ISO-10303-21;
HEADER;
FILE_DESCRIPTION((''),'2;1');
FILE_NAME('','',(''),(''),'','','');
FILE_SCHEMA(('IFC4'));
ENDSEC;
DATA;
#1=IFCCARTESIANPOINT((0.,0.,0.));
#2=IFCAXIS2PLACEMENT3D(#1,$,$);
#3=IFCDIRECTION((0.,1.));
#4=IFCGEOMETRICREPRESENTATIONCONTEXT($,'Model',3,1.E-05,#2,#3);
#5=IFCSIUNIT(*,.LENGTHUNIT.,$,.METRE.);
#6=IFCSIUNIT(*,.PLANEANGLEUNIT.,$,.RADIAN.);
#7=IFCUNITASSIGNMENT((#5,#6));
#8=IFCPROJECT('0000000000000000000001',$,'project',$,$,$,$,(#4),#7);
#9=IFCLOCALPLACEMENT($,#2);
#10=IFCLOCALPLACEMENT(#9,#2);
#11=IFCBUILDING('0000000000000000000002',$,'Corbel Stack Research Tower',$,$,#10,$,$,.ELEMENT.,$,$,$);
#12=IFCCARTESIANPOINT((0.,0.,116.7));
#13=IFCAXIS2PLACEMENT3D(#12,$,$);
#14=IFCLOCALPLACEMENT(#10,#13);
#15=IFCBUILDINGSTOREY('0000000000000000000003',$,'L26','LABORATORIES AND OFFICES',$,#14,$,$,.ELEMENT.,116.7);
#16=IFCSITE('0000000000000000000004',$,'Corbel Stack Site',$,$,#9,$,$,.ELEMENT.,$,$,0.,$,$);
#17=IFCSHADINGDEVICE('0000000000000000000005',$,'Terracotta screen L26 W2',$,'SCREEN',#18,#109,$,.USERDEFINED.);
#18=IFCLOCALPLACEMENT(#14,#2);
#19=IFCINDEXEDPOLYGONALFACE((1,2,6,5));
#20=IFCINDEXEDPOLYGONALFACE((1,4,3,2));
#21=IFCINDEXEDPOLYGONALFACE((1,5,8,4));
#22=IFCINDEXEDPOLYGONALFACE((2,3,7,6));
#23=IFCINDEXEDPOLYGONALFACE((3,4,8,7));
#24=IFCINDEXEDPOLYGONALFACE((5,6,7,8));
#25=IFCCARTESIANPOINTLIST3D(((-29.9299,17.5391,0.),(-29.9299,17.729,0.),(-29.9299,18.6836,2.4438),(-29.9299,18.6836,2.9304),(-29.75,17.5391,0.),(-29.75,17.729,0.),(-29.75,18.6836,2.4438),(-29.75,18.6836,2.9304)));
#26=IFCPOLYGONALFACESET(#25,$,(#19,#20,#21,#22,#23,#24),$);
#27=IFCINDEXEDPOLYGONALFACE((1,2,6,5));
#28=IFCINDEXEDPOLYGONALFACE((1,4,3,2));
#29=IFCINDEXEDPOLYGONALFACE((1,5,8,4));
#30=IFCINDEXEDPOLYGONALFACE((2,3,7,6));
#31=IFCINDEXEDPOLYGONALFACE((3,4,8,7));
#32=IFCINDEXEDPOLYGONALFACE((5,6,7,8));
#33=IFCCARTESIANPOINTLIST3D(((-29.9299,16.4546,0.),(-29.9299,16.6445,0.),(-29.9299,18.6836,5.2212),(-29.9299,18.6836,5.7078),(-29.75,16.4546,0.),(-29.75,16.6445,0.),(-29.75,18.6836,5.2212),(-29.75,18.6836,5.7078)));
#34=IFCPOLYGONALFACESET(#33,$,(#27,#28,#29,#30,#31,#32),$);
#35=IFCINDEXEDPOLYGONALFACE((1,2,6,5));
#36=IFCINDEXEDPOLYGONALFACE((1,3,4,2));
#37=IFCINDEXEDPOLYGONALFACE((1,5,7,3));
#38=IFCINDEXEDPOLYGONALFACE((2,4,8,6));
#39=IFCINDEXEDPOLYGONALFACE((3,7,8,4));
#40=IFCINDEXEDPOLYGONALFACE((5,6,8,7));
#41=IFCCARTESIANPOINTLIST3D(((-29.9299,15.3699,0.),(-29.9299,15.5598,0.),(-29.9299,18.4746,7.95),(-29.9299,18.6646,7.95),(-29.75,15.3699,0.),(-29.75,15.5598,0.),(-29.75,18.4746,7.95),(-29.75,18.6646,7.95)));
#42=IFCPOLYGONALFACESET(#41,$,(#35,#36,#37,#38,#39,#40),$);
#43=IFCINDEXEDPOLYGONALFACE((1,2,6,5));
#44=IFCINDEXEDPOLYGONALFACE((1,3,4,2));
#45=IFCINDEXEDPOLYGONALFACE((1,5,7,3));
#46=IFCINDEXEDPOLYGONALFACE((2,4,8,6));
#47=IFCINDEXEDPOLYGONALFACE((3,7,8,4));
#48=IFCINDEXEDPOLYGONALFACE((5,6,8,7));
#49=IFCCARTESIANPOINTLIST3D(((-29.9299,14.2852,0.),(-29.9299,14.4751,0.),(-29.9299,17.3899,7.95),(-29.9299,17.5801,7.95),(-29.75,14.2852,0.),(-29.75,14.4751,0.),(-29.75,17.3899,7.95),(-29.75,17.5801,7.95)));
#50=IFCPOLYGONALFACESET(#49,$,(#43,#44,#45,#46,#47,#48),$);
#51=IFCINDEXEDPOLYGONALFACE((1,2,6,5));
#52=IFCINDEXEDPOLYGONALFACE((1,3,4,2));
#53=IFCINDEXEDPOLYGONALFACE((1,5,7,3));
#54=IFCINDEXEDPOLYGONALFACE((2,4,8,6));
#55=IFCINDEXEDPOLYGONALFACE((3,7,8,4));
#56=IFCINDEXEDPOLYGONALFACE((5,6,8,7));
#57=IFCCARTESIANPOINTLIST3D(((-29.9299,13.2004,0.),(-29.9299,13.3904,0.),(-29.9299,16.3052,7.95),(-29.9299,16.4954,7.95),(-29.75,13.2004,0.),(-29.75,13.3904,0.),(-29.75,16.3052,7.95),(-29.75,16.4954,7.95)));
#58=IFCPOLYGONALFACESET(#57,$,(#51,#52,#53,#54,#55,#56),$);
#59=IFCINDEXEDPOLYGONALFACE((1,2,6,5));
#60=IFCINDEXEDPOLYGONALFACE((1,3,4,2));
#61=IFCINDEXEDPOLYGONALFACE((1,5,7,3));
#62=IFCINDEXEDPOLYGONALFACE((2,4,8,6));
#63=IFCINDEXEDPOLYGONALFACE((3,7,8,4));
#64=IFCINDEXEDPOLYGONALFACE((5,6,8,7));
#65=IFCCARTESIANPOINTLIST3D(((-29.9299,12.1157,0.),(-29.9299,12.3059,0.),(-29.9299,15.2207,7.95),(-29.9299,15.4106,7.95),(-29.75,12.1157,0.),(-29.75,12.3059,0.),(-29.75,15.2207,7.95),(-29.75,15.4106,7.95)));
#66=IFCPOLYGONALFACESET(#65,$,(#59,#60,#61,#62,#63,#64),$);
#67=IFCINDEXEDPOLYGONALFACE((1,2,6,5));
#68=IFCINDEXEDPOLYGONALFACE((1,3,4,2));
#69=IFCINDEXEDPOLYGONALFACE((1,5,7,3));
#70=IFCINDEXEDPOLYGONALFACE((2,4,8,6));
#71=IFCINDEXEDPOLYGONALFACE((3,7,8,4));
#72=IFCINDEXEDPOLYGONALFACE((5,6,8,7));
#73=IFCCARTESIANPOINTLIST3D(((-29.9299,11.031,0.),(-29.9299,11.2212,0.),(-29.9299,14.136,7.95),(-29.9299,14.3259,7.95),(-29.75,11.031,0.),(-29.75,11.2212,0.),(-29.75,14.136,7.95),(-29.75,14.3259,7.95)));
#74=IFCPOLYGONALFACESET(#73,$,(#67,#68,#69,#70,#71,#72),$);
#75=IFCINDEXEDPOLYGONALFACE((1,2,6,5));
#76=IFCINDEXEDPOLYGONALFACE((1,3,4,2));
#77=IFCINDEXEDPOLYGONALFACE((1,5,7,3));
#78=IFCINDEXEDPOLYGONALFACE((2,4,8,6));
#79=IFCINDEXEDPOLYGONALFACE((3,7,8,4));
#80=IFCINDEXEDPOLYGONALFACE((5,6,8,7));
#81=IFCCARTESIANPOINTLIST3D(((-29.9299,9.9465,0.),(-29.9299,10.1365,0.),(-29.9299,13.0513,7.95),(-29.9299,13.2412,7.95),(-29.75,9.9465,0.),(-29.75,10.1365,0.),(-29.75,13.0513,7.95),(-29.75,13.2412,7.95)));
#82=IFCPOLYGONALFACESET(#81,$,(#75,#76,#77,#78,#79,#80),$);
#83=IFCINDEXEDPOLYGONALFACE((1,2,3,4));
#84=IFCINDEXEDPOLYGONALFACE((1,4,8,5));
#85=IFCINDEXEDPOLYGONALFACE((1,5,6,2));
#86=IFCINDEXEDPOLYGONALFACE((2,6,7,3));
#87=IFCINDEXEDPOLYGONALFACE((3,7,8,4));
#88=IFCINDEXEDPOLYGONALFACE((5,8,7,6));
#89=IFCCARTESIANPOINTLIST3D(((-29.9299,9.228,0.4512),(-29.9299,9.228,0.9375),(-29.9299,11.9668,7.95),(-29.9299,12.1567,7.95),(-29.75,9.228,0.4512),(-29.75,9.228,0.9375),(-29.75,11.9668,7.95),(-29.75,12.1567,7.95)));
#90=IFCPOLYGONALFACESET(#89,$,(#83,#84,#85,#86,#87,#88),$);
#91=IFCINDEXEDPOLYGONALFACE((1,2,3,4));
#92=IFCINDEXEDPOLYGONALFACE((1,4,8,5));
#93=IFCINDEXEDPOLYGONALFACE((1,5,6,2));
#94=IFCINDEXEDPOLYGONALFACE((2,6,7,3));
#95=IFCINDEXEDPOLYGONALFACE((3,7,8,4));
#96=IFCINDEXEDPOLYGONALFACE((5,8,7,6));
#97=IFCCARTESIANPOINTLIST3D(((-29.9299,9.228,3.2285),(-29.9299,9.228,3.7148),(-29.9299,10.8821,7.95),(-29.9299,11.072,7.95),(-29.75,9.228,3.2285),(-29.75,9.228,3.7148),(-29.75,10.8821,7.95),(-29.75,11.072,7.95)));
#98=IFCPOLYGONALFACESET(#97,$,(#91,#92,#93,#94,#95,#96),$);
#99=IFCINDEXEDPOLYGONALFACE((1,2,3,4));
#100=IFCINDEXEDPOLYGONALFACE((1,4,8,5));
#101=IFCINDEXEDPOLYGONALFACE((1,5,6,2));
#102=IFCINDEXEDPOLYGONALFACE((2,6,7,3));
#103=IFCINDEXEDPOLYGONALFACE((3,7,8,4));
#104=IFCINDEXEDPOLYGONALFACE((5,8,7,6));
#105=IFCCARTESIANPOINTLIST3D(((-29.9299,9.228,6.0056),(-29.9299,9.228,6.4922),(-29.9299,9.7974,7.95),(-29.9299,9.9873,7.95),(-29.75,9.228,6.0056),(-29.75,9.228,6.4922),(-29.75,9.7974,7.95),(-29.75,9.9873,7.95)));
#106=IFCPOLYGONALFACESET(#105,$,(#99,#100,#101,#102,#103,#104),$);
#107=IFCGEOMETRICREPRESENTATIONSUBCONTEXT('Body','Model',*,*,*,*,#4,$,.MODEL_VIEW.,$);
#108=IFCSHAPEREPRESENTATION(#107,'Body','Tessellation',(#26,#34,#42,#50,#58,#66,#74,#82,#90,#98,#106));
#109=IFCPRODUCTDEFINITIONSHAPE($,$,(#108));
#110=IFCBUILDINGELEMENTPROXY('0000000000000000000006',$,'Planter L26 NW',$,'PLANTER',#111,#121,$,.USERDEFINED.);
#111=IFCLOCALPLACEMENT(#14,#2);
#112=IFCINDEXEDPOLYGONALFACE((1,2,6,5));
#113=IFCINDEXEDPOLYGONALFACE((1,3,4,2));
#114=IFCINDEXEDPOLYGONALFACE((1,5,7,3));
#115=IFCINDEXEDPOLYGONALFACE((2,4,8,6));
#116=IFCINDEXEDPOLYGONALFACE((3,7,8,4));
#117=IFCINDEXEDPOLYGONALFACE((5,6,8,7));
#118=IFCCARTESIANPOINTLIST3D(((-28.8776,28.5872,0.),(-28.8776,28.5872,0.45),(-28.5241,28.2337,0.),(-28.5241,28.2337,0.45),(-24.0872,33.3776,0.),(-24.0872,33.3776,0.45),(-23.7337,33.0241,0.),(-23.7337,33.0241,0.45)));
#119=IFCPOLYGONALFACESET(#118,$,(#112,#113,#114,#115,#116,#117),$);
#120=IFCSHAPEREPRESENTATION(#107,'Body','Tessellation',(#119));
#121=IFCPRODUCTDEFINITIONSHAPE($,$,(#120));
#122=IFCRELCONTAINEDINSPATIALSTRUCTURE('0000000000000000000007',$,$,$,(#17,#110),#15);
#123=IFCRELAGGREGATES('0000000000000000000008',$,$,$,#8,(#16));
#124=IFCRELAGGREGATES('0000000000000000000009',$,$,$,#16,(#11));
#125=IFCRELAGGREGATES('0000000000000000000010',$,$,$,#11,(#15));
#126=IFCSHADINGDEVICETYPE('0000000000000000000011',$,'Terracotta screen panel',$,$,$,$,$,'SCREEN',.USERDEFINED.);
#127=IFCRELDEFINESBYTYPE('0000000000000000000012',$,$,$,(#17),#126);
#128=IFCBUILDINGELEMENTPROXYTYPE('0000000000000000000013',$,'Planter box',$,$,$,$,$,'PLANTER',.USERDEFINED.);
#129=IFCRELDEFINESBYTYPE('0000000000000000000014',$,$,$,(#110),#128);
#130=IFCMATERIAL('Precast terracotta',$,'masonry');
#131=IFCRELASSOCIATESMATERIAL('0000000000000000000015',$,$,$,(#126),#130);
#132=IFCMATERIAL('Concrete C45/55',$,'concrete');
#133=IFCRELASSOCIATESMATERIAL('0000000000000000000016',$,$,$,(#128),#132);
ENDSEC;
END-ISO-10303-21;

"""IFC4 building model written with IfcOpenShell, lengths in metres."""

from ifc_helpers import new_model, si_unit, direction, frame, origin, origin_2d, place, context, subcontext, project, spatial, polyline, rectangle, outline, extrude, source, transform, mapped, material, type_object, element, save


model = new_model("IFC4")

# Units and contexts
model_context = context("Model", 3, precision=1e-05, world=origin(), true_north=direction((0.0, 1.0)))
body_context = subcontext(model_context, "Body", "Model", "MODEL_VIEW")
ifc_project = project(units=[si_unit("LENGTHUNIT", "METRE"), si_unit("PLANEANGLEUNIT", "RADIAN")], contexts=[model_context])

# Site, building, storey
site_placement = place(None, origin())
site = spatial("IfcSite", under=ifc_project, at=site_placement, Name="Corbel Stack Site", CompositionType="ELEMENT", RefElevation=0.0)
building_placement = place(site_placement, origin())
building = spatial("IfcBuilding", under=site, at=building_placement, Name="Corbel Stack Research Tower", CompositionType="ELEMENT")
storey_placement = place(building_placement, frame((0.0, 0.0, 116.7)))
storey = spatial("IfcBuildingStorey", under=building, at=storey_placement, Name="L26", Description="LABORATORIES AND OFFICES", CompositionType="ELEMENT", Elevation=116.7)

# Shading device
ifc_material_1 = material(Name="Precast terracotta", Category="masonry")
shading_device_type = type_object("IfcShadingDeviceType", Name="Terracotta screen panel", ElementType="SCREEN", PredefinedType="USERDEFINED", material=ifc_material_1)
shared_shape_1 = source(origin(), body_context, "Body", "SweptSolid", [
    extrude(outline(polyline([(1.1445, 0.0), (0.0, 2.9304), (0.0, 2.4438), (0.9546, 0.0), (1.1445, 0.0)])), frame((0.0, 0.0, 0.0), z_axis=(0.0, -1.0, 0.0), x_axis=(1.0, 0.0, 0.0)), (0.0, 0.0, 1.0), 0.1799),
    extrude(outline(polyline([(2.229, 0.0), (0.0, 5.7078), (0.0, 5.2212), (2.0391, 0.0), (2.229, 0.0)])), frame((0.0, 0.0, 0.0), z_axis=(0.0, -1.0, 0.0), x_axis=(1.0, 0.0, 0.0)), (0.0, 0.0, 1.0), 0.1799),
    extrude(outline(polyline([(3.3137, 0.0), (0.209, 7.95), (0.019, 7.95), (3.1238, 0.0), (3.3137, 0.0)])), frame((0.0, 0.0, 0.0), z_axis=(0.0, -1.0, 0.0), x_axis=(1.0, 0.0, 0.0)), (0.0, 0.0, 1.0), 0.1799),
    extrude(outline(polyline([(4.3984, 0.0), (1.2937, 7.95), (1.1035, 7.95), (4.2085, 0.0), (4.3984, 0.0)])), frame((0.0, 0.0, 0.0), z_axis=(0.0, -1.0, 0.0), x_axis=(1.0, 0.0, 0.0)), (0.0, 0.0, 1.0), 0.1799),
    extrude(outline(polyline([(5.4832, 0.0), (2.3784, 7.95), (2.1882, 7.95), (5.2932, 0.0), (5.4832, 0.0)])), frame((0.0, 0.0, 0.0), z_axis=(0.0, -1.0, 0.0), x_axis=(1.0, 0.0, 0.0)), (0.0, 0.0, 1.0), 0.1799),
    extrude(outline(polyline([(6.5679, 0.0), (3.4629, 7.95), (3.2729, 7.95), (6.3777, 0.0), (6.5679, 0.0)])), frame((0.0, 0.0, 0.0), z_axis=(0.0, -1.0, 0.0), x_axis=(1.0, 0.0, 0.0)), (0.0, 0.0, 1.0), 0.1799),
    extrude(outline(polyline([(7.6526, 0.0), (4.5476, 7.95), (4.3577, 7.95), (7.4624, 0.0), (7.6526, 0.0)])), frame((0.0, 0.0, 0.0), z_axis=(0.0, -1.0, 0.0), x_axis=(1.0, 0.0, 0.0)), (0.0, 0.0, 1.0), 0.1799),
    extrude(outline(polyline([(8.7371, 0.0), (5.6323, 7.95), (5.4424, 7.95), (8.5471, 0.0), (8.7371, 0.0)])), frame((0.0, 0.0, 0.0), z_axis=(0.0, -1.0, 0.0), x_axis=(1.0, 0.0, 0.0)), (0.0, 0.0, 1.0), 0.1799),
    extrude(outline(polyline([(6.7168, 7.95), (6.5269, 7.95), (9.4556, 0.4512), (9.4556, 0.9375), (6.7168, 7.95)])), frame((0.0, 0.0, 0.0), z_axis=(0.0, -1.0, 0.0), x_axis=(1.0, 0.0, 0.0)), (0.0, 0.0, 1.0), 0.1799),
    extrude(outline(polyline([(7.8015, 7.95), (7.6116, 7.95), (9.4556, 3.2285), (9.4556, 3.7148), (7.8015, 7.95)])), frame((0.0, 0.0, 0.0), z_axis=(0.0, -1.0, 0.0), x_axis=(1.0, 0.0, 0.0)), (0.0, 0.0, 1.0), 0.1799),
    extrude(outline(polyline([(8.8862, 7.95), (8.6963, 7.95), (9.4556, 6.0056), (9.4556, 6.4922), (8.8862, 7.95)])), frame((0.0, 0.0, 0.0), z_axis=(0.0, -1.0, 0.0), x_axis=(1.0, 0.0, 0.0)), (0.0, 0.0, 1.0), 0.1799),
])
shading_device_1_placement = place(storey_placement, frame((-29.75, 18.6836, 0.0), z_axis=(0.0, 0.0, 1.0), x_axis=(0.0, -1.0, 0.0)))
element("IfcShadingDevice", 1, at=shading_device_1_placement, inside=storey, type_object=shading_device_type, Name="Terracotta screen L26 W2", ObjectType="SCREEN", PredefinedType="USERDEFINED", context=body_context, shape_type="MappedRepresentation", body=[
    mapped(shared_shape_1, transform((0.0, 0.0, 0.0))),
])

# Building element proxy
ifc_material_2 = material(Name="Concrete C45/55", Category="concrete")
building_element_proxy_type = type_object("IfcBuildingElementProxyType", Name="Planter box", ElementType="PLANTER", PredefinedType="USERDEFINED", material=ifc_material_2)
proxy_placement = place(storey_placement, frame((-26.3057, 30.8057, 0.0), z_axis=(0.0, 0.0, 1.0), x_axis=(-0.707107, -0.707107, 0.0)))
element("IfcBuildingElementProxy", 2, at=proxy_placement, inside=storey, type_object=building_element_proxy_type, Name="Planter L26 NW", ObjectType="PLANTER", PredefinedType="USERDEFINED", context=body_context, shape_type="SweptSolid", body=[
    extrude(rectangle(XDim=6.7747, YDim=0.5, at=origin_2d()), origin(), (0.0, 0.0, 1.0), 0.45),
])

save(model, "model.ifc")
